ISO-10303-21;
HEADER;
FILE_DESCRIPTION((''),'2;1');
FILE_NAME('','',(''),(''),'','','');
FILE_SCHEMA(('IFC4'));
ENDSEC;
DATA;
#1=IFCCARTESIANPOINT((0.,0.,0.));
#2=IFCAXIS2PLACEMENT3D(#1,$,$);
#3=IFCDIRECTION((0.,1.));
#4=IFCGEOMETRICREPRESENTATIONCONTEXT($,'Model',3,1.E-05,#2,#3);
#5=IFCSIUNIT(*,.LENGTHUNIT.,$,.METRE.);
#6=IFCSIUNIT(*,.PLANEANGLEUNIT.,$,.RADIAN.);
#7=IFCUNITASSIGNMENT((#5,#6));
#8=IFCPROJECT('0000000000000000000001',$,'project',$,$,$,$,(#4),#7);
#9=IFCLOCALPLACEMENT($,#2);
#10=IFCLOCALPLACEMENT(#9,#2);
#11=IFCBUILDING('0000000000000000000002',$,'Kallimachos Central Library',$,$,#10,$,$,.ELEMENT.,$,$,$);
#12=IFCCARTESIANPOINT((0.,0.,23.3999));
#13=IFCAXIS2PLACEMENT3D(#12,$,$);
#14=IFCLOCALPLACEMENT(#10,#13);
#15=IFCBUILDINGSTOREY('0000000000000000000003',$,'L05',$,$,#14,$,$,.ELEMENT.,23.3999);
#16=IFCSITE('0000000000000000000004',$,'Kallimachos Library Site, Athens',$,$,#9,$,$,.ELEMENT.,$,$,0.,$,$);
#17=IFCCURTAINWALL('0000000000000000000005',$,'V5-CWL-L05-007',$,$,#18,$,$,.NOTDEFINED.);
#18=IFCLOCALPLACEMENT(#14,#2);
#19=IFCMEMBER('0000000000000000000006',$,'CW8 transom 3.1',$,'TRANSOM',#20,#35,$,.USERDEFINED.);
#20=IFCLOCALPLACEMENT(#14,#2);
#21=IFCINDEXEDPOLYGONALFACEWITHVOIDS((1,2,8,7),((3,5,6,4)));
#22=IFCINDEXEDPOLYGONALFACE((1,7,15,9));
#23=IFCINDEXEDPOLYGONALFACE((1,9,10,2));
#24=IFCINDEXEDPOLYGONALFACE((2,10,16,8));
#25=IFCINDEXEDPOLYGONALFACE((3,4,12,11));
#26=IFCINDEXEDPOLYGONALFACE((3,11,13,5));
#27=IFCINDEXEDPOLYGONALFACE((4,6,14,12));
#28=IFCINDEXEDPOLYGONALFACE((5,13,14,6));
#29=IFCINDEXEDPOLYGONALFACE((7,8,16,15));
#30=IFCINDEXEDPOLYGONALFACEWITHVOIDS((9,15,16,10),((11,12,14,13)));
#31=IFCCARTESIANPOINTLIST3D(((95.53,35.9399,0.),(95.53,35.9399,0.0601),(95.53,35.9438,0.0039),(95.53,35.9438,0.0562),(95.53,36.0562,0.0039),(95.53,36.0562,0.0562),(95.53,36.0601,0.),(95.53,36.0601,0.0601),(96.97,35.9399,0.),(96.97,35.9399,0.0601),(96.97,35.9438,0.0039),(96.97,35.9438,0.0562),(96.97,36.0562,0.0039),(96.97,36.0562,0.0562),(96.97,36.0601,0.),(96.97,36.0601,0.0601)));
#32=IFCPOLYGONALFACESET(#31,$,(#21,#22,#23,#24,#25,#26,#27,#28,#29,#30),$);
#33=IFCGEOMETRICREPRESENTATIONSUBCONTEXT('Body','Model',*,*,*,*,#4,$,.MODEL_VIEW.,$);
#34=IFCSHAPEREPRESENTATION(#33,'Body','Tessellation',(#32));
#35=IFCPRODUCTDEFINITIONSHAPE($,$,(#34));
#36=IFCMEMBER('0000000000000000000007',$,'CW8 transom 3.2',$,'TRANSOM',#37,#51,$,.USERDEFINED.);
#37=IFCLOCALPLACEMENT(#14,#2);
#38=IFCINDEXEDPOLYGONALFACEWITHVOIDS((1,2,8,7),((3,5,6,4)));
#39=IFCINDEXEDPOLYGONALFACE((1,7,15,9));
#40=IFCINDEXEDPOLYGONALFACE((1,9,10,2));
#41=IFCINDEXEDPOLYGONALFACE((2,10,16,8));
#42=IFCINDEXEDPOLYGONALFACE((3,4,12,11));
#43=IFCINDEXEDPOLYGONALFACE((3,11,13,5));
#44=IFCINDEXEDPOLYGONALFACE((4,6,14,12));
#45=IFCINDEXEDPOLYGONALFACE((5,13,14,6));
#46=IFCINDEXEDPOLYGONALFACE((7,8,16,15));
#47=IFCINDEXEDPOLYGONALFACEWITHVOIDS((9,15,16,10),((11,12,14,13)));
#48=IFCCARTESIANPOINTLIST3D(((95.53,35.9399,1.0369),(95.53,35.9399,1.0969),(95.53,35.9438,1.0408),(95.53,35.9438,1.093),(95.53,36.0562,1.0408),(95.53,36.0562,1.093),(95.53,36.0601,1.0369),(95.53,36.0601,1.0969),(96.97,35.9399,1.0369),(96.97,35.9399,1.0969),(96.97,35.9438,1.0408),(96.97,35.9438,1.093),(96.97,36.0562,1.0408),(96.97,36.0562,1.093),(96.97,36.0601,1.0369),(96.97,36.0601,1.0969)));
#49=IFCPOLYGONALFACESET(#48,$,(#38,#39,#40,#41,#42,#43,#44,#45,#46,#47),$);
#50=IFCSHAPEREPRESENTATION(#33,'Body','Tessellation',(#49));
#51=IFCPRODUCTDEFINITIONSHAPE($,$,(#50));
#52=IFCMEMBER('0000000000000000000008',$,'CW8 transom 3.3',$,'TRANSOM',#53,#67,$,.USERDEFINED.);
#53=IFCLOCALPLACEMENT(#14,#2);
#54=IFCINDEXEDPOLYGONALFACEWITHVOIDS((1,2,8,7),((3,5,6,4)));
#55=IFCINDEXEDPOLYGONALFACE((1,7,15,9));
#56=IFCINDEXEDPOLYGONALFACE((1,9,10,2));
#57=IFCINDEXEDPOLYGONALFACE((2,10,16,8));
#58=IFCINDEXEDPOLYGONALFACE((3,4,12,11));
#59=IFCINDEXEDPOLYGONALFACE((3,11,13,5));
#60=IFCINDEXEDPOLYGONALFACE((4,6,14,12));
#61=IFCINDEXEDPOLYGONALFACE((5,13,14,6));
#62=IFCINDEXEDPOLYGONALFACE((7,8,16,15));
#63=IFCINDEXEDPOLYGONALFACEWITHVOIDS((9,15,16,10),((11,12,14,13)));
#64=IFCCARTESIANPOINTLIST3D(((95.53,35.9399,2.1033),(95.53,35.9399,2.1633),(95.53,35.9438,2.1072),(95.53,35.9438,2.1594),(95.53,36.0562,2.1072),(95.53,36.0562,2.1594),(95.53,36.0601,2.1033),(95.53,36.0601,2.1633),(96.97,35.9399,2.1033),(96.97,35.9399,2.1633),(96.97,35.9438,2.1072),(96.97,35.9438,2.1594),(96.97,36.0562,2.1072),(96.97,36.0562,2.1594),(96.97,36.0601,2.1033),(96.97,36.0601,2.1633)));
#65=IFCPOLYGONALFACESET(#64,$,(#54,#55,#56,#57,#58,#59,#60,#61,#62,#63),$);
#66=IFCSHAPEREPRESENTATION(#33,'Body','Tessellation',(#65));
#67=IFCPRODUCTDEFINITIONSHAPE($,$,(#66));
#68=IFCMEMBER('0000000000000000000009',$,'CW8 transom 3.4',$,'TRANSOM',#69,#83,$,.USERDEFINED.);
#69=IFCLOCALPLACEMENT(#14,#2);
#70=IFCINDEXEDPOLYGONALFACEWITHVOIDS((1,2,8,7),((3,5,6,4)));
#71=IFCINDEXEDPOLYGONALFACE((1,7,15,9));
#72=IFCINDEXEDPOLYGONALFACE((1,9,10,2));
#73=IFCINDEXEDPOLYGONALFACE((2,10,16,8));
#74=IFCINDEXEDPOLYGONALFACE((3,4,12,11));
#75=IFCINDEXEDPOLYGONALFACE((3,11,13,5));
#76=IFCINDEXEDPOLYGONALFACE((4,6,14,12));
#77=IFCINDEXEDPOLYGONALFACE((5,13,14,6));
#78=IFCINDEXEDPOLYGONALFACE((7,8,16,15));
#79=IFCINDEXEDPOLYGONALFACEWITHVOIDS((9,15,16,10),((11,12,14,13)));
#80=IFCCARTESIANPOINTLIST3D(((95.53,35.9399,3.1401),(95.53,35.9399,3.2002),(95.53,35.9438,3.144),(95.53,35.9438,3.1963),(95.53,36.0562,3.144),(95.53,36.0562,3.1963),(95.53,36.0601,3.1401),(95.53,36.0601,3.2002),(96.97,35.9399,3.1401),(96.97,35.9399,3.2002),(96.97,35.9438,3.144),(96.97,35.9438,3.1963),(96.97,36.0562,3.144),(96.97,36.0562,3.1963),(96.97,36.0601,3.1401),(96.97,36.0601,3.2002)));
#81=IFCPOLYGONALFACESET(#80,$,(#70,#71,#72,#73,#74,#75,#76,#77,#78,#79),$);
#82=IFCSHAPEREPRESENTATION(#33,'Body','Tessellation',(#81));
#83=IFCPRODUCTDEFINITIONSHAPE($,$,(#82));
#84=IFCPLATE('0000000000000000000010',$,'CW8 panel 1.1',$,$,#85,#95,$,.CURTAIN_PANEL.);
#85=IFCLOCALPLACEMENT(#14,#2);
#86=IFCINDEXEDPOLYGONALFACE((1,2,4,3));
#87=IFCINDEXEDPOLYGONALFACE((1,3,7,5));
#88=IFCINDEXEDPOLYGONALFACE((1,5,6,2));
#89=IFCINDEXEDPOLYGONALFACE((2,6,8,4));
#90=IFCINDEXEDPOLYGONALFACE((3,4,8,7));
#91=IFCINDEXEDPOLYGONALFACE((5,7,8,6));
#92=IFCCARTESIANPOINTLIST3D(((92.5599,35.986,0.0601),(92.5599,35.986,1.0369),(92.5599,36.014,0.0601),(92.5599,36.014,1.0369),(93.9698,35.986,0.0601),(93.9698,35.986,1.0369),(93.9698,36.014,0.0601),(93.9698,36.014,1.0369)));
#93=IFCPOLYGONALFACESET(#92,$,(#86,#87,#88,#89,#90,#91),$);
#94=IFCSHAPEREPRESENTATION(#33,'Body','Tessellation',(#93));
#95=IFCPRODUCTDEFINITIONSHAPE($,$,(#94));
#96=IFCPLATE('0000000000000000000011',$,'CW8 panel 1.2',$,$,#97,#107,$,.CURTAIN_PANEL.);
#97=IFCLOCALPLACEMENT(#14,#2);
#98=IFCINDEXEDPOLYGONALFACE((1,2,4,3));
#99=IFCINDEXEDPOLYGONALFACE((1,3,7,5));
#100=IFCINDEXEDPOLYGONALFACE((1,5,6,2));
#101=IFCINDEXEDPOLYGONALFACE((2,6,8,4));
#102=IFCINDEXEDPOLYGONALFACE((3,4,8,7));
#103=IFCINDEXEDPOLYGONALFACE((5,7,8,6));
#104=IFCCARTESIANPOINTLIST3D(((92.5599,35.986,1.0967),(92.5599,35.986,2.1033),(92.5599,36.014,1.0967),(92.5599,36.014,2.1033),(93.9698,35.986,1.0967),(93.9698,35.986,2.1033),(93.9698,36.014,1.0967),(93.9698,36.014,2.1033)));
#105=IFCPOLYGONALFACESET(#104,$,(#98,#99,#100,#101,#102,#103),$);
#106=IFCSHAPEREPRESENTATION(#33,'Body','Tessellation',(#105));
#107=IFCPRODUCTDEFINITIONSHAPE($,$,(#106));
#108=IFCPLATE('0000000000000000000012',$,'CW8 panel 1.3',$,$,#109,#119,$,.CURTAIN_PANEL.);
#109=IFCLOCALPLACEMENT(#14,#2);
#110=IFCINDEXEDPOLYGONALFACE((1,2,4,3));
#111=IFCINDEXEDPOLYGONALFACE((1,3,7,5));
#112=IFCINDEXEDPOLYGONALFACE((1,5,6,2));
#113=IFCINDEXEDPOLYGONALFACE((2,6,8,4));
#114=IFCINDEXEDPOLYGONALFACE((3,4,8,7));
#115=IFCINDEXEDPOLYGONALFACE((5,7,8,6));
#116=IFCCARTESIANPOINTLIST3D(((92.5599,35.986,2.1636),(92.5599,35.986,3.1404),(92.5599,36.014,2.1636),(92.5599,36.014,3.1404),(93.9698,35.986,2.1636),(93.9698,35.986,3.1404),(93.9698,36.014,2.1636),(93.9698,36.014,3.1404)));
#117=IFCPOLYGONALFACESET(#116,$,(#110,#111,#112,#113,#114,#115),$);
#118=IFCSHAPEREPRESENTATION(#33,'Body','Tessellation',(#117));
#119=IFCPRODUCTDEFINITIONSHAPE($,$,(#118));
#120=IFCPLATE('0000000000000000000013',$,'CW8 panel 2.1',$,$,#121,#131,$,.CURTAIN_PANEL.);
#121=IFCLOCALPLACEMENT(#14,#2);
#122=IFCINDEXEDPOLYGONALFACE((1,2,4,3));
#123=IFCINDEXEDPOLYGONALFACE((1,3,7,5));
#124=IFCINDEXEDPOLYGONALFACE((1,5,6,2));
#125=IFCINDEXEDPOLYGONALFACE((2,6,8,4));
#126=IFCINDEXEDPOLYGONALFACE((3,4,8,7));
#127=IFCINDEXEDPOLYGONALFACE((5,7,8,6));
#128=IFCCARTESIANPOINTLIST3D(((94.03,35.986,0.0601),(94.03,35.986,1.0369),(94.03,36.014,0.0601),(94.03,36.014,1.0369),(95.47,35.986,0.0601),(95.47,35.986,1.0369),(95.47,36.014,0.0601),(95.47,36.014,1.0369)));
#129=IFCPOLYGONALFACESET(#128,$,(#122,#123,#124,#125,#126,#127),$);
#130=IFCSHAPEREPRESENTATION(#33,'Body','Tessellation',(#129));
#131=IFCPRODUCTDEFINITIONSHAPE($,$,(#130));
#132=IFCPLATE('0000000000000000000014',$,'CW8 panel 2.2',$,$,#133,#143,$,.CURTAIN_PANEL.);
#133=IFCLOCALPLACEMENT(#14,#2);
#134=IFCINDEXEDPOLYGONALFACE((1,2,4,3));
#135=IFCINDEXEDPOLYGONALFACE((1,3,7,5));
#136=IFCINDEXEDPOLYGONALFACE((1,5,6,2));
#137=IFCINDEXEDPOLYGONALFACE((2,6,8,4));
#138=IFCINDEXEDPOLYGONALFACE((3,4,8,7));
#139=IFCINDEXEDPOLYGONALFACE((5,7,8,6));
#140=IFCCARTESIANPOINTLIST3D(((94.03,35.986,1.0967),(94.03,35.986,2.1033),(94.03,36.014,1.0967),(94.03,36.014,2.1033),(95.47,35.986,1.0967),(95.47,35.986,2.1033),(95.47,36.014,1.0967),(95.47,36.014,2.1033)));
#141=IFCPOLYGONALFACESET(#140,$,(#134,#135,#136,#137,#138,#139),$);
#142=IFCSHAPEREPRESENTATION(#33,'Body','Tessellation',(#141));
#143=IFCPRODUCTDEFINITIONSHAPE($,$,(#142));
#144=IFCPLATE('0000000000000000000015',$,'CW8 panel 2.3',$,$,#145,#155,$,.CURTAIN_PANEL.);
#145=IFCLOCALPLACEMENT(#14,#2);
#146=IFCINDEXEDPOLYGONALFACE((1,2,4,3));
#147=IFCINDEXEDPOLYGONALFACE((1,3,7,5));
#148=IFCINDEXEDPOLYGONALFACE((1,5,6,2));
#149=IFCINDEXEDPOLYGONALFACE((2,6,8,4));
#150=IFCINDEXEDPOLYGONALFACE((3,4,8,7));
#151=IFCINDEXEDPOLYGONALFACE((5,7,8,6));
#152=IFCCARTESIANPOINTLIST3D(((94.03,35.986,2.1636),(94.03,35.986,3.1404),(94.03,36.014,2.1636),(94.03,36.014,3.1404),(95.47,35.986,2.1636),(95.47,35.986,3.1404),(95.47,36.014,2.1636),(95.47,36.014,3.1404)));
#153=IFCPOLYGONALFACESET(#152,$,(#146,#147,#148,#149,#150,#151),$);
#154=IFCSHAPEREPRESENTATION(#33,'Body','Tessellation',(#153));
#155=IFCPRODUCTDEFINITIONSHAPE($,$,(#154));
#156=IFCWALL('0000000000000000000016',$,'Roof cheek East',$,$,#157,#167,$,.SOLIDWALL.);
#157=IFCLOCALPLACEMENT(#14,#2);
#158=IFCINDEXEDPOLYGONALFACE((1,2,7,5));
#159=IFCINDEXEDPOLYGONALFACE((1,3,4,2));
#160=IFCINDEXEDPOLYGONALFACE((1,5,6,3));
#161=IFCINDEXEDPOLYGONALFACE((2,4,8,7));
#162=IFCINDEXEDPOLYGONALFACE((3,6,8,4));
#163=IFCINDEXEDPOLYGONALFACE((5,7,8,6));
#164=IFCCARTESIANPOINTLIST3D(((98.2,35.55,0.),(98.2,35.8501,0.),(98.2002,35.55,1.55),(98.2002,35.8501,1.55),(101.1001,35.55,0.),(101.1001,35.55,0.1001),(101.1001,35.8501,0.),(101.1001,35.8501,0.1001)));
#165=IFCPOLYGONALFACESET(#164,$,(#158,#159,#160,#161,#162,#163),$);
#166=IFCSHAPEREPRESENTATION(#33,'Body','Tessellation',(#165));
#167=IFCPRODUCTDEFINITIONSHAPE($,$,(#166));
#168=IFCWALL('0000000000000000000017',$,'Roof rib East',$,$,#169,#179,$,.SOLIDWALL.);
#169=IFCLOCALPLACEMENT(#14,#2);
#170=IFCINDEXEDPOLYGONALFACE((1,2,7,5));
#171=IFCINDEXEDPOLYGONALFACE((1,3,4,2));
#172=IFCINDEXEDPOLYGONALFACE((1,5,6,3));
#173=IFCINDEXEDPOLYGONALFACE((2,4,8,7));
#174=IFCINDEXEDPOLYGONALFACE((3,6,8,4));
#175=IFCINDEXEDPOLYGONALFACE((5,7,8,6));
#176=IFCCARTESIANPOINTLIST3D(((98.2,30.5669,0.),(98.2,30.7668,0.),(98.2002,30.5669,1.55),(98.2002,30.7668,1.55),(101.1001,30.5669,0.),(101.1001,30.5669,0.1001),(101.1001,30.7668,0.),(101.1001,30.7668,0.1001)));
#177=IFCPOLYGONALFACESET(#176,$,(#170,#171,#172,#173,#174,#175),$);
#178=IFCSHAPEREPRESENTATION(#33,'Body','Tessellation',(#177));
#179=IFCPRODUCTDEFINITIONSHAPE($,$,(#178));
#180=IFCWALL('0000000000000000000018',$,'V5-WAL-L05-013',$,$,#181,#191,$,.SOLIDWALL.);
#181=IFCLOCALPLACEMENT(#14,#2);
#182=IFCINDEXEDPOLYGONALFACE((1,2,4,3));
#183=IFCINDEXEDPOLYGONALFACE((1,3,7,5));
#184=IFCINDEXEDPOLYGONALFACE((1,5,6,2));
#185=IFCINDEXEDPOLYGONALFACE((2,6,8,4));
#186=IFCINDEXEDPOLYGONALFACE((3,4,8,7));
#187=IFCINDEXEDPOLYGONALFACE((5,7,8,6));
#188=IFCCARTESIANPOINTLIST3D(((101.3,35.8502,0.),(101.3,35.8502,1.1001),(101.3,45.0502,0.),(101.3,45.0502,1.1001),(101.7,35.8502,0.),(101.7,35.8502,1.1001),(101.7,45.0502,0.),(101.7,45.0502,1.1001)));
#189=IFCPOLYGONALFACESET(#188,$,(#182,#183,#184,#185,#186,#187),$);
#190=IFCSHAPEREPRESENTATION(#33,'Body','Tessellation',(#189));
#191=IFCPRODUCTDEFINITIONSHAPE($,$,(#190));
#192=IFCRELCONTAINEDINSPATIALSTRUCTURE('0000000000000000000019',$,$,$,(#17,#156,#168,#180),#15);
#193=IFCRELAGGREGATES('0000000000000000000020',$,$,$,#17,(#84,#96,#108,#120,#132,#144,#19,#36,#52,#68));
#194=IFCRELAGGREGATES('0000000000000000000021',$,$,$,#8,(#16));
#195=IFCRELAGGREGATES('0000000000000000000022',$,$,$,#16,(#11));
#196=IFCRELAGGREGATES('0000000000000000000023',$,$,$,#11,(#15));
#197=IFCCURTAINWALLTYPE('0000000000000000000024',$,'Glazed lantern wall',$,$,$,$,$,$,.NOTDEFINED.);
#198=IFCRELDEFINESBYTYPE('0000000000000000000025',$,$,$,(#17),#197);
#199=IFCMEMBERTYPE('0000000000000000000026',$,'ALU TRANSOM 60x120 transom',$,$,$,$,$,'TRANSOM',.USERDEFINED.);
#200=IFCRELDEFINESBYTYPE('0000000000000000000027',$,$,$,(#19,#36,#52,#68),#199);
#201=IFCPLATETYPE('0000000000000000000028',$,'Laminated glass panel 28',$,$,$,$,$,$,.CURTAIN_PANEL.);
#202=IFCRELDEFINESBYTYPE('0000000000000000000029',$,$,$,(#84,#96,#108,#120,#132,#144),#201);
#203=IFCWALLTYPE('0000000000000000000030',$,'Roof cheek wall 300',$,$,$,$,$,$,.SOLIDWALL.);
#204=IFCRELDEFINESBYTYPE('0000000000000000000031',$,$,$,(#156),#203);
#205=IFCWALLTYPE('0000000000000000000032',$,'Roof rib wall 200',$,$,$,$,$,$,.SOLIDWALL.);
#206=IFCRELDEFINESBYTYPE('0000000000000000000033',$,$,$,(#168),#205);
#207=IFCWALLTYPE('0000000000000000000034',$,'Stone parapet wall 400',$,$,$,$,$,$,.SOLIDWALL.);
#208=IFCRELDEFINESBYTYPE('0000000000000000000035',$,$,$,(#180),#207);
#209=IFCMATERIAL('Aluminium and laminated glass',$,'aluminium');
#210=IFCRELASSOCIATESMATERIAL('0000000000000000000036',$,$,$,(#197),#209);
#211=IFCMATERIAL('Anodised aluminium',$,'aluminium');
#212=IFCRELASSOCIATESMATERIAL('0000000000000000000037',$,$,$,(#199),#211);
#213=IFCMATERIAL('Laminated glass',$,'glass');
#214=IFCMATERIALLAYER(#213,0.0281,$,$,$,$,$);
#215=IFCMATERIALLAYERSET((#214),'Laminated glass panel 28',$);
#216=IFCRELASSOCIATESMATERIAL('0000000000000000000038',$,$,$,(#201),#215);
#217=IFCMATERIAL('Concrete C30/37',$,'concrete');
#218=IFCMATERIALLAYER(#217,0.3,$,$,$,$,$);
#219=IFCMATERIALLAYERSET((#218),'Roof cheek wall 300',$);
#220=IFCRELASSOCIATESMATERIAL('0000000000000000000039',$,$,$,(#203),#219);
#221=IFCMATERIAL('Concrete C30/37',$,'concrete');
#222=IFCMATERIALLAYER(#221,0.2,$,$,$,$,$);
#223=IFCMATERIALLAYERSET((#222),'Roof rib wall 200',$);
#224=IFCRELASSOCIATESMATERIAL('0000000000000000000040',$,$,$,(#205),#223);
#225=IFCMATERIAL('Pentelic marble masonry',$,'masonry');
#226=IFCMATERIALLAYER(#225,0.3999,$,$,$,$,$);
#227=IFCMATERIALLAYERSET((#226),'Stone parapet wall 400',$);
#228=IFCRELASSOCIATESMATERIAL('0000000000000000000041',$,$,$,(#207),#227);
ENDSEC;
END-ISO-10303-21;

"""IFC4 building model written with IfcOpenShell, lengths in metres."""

from ifc_helpers import new_model, si_unit, direction, frame, frame_2d, origin, origin_2d, place, context, subcontext, project, spatial, polyline, rectangle, hollow_rectangle, outline, extrude, material, layer, layer_set, material_profile, profile_set, type_object, element, aggregate, save


model = new_model("IFC4")

# Units and contexts
model_context = context("Model", 3, precision=1e-05, world=origin(), true_north=direction((0.0, 1.0)))
body_context = subcontext(model_context, "Body", "Model", "MODEL_VIEW")
ifc_project = project(units=[si_unit("LENGTHUNIT", "METRE"), si_unit("PLANEANGLEUNIT", "RADIAN")], contexts=[model_context])

# Site, building, storey
site_placement = place(None, origin())
site = spatial("IfcSite", under=ifc_project, at=site_placement, Name="Kallimachos Library Site, Athens", CompositionType="ELEMENT", RefElevation=0.0)
building_placement = place(site_placement, origin())
building = spatial("IfcBuilding", under=site, at=building_placement, Name="Kallimachos Central Library", CompositionType="ELEMENT")
storey_placement = place(building_placement, frame((0.0, 0.0, 23.3999)))
storey = spatial("IfcBuildingStorey", under=building, at=storey_placement, Name="L05", CompositionType="ELEMENT", Elevation=23.3999)

# Curtain wall, members, plates
ifc_material_1 = material(Name="Aluminium and laminated glass", Category="aluminium")
curtain_wall_type = type_object("IfcCurtainWallType", Name="Glazed lantern wall", PredefinedType="NOTDEFINED", material=ifc_material_1)
curtain_wall_placement = place(storey_placement, origin())
curtain_wall = element("IfcCurtainWall", 1, at=curtain_wall_placement, inside=storey, type_object=curtain_wall_type, Name="V5-CWL-L05-007", PredefinedType="NOTDEFINED")
ifc_material_2 = material(Name="Anodised aluminium", Category="aluminium")
ifc_material_profile_1 = material_profile(ifc_material_2, hollow_rectangle(XDim=0.0601, YDim=0.1201, WallThickness=0.0039, at=origin_2d()), Name="ALU TRANSOM 60x120")
ifc_profile_set_1 = profile_set([ifc_material_profile_1], Name="Anodised aluminium")
member_type_1 = type_object("IfcMemberType", Name="ALU TRANSOM 60x120 transom", ElementType="TRANSOM", PredefinedType="USERDEFINED", material=ifc_profile_set_1)
member_1_placement = place(storey_placement, frame((95.53, 36.0, 0.03), z_axis=(1.0, 0.0, 0.0), x_axis=(0.0, 0.0, 1.0)))
member_1 = element("IfcMember", 2, at=member_1_placement, type_object=member_type_1, Name="CW8 transom 3.1", ObjectType="TRANSOM", PredefinedType="USERDEFINED", context=body_context, shape_type="SweptSolid", body=[
    extrude(hollow_rectangle(XDim=0.0601, YDim=0.1201, WallThickness=0.0039, at=origin_2d()), origin(), (0.0, 0.0, 1.0), 1.4399),
])
member_2_placement = place(storey_placement, frame((95.53, 36.0, 1.0669), z_axis=(1.0, 0.0, 0.0), x_axis=(0.0, 0.0, 1.0)))
member_2 = element("IfcMember", 3, at=member_2_placement, type_object=member_type_1, Name="CW8 transom 3.2", ObjectType="TRANSOM", PredefinedType="USERDEFINED", context=body_context, shape_type="SweptSolid", body=[
    extrude(hollow_rectangle(XDim=0.0601, YDim=0.1201, WallThickness=0.0039, at=origin_2d()), origin(), (0.0, 0.0, 1.0), 1.4399),
])
member_3_placement = place(storey_placement, frame((95.53, 36.0, 2.1333), z_axis=(1.0, 0.0, 0.0), x_axis=(0.0, 0.0, 1.0)))
member_3 = element("IfcMember", 4, at=member_3_placement, type_object=member_type_1, Name="CW8 transom 3.3", ObjectType="TRANSOM", PredefinedType="USERDEFINED", context=body_context, shape_type="SweptSolid", body=[
    extrude(hollow_rectangle(XDim=0.0601, YDim=0.1201, WallThickness=0.0039, at=origin_2d()), origin(), (0.0, 0.0, 1.0), 1.4399),
])
member_4_placement = place(storey_placement, frame((95.53, 36.0, 3.1702), z_axis=(1.0, 0.0, 0.0), x_axis=(0.0, 0.0, 1.0)))
member_4 = element("IfcMember", 5, at=member_4_placement, type_object=member_type_1, Name="CW8 transom 3.4", ObjectType="TRANSOM", PredefinedType="USERDEFINED", context=body_context, shape_type="SweptSolid", body=[
    extrude(hollow_rectangle(XDim=0.0601, YDim=0.1201, WallThickness=0.0039, at=origin_2d()), origin(), (0.0, 0.0, 1.0), 1.4399),
])
ifc_material_3 = material(Name="Laminated glass", Category="glass")
ifc_layer_1 = layer(ifc_material_3, 0.0281)
ifc_layer_set_1 = layer_set([ifc_layer_1], Name="Laminated glass panel 28")
plate_type = type_object("IfcPlateType", Name="Laminated glass panel 28", PredefinedType="CURTAIN_PANEL", material=ifc_layer_set_1)
plate_1_placement = place(storey_placement, frame((93.2649, 36.0, 0.0601), z_axis=(0.0, 0.0, 1.0), x_axis=(1.0, 0.0, 0.0)))
plate_1 = element("IfcPlate", 6, at=plate_1_placement, type_object=plate_type, Name="CW8 panel 1.1", PredefinedType="CURTAIN_PANEL", context=body_context, shape_type="SweptSolid", body=[
    extrude(rectangle(XDim=1.4099, YDim=0.0281, at=origin_2d()), origin(), (0.0, 0.0, 1.0), 0.9768),
])
plate_2_placement = place(storey_placement, frame((93.2649, 36.0, 1.0967), z_axis=(0.0, 0.0, 1.0), x_axis=(1.0, 0.0, 0.0)))
plate_2 = element("IfcPlate", 7, at=plate_2_placement, type_object=plate_type, Name="CW8 panel 1.2", PredefinedType="CURTAIN_PANEL", context=body_context, shape_type="SweptSolid", body=[
    extrude(rectangle(XDim=1.4099, YDim=0.0281, at=origin_2d()), origin(), (0.0, 0.0, 1.0), 1.0066),
])
plate_3_placement = place(storey_placement, frame((93.2649, 36.0, 2.1636), z_axis=(0.0, 0.0, 1.0), x_axis=(1.0, 0.0, 0.0)))
plate_3 = element("IfcPlate", 8, at=plate_3_placement, type_object=plate_type, Name="CW8 panel 1.3", PredefinedType="CURTAIN_PANEL", context=body_context, shape_type="SweptSolid", body=[
    extrude(rectangle(XDim=1.4099, YDim=0.0281, at=origin_2d()), origin(), (0.0, 0.0, 1.0), 0.9768),
])
plate_4_placement = place(storey_placement, frame((94.75, 36.0, 0.0601), z_axis=(0.0, 0.0, 1.0), x_axis=(1.0, 0.0, 0.0)))
plate_4 = element("IfcPlate", 9, at=plate_4_placement, type_object=plate_type, Name="CW8 panel 2.1", PredefinedType="CURTAIN_PANEL", context=body_context, shape_type="SweptSolid", body=[
    extrude(rectangle(XDim=1.4399, YDim=0.0281, at=origin_2d()), origin(), (0.0, 0.0, 1.0), 0.9768),
])
plate_5_placement = place(storey_placement, frame((94.75, 36.0, 1.0967), z_axis=(0.0, 0.0, 1.0), x_axis=(1.0, 0.0, 0.0)))
plate_5 = element("IfcPlate", 10, at=plate_5_placement, type_object=plate_type, Name="CW8 panel 2.2", PredefinedType="CURTAIN_PANEL", context=body_context, shape_type="SweptSolid", body=[
    extrude(rectangle(XDim=1.4399, YDim=0.0281, at=origin_2d()), origin(), (0.0, 0.0, 1.0), 1.0066),
])
plate_6_placement = place(storey_placement, frame((94.75, 36.0, 2.1636), z_axis=(0.0, 0.0, 1.0), x_axis=(1.0, 0.0, 0.0)))
plate_6 = element("IfcPlate", 11, at=plate_6_placement, type_object=plate_type, Name="CW8 panel 2.3", PredefinedType="CURTAIN_PANEL", context=body_context, shape_type="SweptSolid", body=[
    extrude(rectangle(XDim=1.4399, YDim=0.0281, at=origin_2d()), origin(), (0.0, 0.0, 1.0), 0.9768),
])
aggregate(curtain_wall, [plate_1, plate_2, plate_3, plate_4, plate_5, plate_6, member_1, member_2, member_3, member_4])

# Walls
ifc_material_4 = material(Name="Concrete C30/37", Category="concrete")
ifc_layer_2 = layer(ifc_material_4, 0.3)
ifc_layer_set_2 = layer_set([ifc_layer_2], Name="Roof cheek wall 300")
wall_type_1 = type_object("IfcWallType", Name="Roof cheek wall 300", PredefinedType="SOLIDWALL", material=ifc_layer_set_2)
wall_1_placement = place(storey_placement, frame((101.1001, 35.7, 0.0), z_axis=(0.0, 0.0, 1.0), x_axis=(-1.0, 0.0, 0.0)))
element("IfcWall", 12, at=wall_1_placement, inside=storey, type_object=wall_type_1, Name="Roof cheek East", PredefinedType="SOLIDWALL", context=body_context, shape_type="SweptSolid", body=[
    extrude(outline(polyline([(0.0, 0.0), (2.9001, 0.0), (2.8999, 1.55), (0.0, 0.1001), (0.0, 0.0)])), frame((0.0, 0.1499, 0.0), z_axis=(0.0, -1.0, 0.0), x_axis=(1.0, 0.0, 0.0)), (0.0, 0.0, 1.0), 0.3),
])
ifc_material_5 = material(Name="Concrete C30/37", Category="concrete")
ifc_layer_3 = layer(ifc_material_5, 0.2)
ifc_layer_set_3 = layer_set([ifc_layer_3], Name="Roof rib wall 200")
wall_type_2 = type_object("IfcWallType", Name="Roof rib wall 200", PredefinedType="SOLIDWALL", material=ifc_layer_set_3)
wall_2_placement = place(storey_placement, frame((101.1001, 30.667, 0.0), z_axis=(0.0, 0.0, 1.0), x_axis=(-1.0, 0.0, 0.0)))
element("IfcWall", 13, at=wall_2_placement, inside=storey, type_object=wall_type_2, Name="Roof rib East", PredefinedType="SOLIDWALL", context=body_context, shape_type="SweptSolid", body=[
    extrude(outline(polyline([(0.0, 0.0), (2.9001, 0.0), (2.8999, 1.55), (0.0, 0.1001), (0.0, 0.0)])), frame((0.0, 0.1001, 0.0), z_axis=(0.0, -1.0, 0.0), x_axis=(1.0, 0.0, 0.0)), (0.0, 0.0, 1.0), 0.2),
])
ifc_material_6 = material(Name="Pentelic marble masonry", Category="masonry")
ifc_layer_4 = layer(ifc_material_6, 0.3999)
ifc_layer_set_4 = layer_set([ifc_layer_4], Name="Stone parapet wall 400")
wall_type_3 = type_object("IfcWallType", Name="Stone parapet wall 400", PredefinedType="SOLIDWALL", material=ifc_layer_set_4)
wall_3_placement = place(storey_placement, frame((101.5, 35.8501, 0.0), z_axis=(0.0, 0.0, 1.0), x_axis=(0.0, 1.0, 0.0)))
element("IfcWall", 14, at=wall_3_placement, inside=storey, type_object=wall_type_3, Name="V5-WAL-L05-013", PredefinedType="SOLIDWALL", context=body_context, shape_type="SweptSolid", body=[
    extrude(rectangle(XDim=9.2, YDim=0.3999, at=frame_2d((4.6001, 0.0))), origin(), (0.0, 0.0, 1.0), 1.1001),
])

save(model, "model.ifc")
